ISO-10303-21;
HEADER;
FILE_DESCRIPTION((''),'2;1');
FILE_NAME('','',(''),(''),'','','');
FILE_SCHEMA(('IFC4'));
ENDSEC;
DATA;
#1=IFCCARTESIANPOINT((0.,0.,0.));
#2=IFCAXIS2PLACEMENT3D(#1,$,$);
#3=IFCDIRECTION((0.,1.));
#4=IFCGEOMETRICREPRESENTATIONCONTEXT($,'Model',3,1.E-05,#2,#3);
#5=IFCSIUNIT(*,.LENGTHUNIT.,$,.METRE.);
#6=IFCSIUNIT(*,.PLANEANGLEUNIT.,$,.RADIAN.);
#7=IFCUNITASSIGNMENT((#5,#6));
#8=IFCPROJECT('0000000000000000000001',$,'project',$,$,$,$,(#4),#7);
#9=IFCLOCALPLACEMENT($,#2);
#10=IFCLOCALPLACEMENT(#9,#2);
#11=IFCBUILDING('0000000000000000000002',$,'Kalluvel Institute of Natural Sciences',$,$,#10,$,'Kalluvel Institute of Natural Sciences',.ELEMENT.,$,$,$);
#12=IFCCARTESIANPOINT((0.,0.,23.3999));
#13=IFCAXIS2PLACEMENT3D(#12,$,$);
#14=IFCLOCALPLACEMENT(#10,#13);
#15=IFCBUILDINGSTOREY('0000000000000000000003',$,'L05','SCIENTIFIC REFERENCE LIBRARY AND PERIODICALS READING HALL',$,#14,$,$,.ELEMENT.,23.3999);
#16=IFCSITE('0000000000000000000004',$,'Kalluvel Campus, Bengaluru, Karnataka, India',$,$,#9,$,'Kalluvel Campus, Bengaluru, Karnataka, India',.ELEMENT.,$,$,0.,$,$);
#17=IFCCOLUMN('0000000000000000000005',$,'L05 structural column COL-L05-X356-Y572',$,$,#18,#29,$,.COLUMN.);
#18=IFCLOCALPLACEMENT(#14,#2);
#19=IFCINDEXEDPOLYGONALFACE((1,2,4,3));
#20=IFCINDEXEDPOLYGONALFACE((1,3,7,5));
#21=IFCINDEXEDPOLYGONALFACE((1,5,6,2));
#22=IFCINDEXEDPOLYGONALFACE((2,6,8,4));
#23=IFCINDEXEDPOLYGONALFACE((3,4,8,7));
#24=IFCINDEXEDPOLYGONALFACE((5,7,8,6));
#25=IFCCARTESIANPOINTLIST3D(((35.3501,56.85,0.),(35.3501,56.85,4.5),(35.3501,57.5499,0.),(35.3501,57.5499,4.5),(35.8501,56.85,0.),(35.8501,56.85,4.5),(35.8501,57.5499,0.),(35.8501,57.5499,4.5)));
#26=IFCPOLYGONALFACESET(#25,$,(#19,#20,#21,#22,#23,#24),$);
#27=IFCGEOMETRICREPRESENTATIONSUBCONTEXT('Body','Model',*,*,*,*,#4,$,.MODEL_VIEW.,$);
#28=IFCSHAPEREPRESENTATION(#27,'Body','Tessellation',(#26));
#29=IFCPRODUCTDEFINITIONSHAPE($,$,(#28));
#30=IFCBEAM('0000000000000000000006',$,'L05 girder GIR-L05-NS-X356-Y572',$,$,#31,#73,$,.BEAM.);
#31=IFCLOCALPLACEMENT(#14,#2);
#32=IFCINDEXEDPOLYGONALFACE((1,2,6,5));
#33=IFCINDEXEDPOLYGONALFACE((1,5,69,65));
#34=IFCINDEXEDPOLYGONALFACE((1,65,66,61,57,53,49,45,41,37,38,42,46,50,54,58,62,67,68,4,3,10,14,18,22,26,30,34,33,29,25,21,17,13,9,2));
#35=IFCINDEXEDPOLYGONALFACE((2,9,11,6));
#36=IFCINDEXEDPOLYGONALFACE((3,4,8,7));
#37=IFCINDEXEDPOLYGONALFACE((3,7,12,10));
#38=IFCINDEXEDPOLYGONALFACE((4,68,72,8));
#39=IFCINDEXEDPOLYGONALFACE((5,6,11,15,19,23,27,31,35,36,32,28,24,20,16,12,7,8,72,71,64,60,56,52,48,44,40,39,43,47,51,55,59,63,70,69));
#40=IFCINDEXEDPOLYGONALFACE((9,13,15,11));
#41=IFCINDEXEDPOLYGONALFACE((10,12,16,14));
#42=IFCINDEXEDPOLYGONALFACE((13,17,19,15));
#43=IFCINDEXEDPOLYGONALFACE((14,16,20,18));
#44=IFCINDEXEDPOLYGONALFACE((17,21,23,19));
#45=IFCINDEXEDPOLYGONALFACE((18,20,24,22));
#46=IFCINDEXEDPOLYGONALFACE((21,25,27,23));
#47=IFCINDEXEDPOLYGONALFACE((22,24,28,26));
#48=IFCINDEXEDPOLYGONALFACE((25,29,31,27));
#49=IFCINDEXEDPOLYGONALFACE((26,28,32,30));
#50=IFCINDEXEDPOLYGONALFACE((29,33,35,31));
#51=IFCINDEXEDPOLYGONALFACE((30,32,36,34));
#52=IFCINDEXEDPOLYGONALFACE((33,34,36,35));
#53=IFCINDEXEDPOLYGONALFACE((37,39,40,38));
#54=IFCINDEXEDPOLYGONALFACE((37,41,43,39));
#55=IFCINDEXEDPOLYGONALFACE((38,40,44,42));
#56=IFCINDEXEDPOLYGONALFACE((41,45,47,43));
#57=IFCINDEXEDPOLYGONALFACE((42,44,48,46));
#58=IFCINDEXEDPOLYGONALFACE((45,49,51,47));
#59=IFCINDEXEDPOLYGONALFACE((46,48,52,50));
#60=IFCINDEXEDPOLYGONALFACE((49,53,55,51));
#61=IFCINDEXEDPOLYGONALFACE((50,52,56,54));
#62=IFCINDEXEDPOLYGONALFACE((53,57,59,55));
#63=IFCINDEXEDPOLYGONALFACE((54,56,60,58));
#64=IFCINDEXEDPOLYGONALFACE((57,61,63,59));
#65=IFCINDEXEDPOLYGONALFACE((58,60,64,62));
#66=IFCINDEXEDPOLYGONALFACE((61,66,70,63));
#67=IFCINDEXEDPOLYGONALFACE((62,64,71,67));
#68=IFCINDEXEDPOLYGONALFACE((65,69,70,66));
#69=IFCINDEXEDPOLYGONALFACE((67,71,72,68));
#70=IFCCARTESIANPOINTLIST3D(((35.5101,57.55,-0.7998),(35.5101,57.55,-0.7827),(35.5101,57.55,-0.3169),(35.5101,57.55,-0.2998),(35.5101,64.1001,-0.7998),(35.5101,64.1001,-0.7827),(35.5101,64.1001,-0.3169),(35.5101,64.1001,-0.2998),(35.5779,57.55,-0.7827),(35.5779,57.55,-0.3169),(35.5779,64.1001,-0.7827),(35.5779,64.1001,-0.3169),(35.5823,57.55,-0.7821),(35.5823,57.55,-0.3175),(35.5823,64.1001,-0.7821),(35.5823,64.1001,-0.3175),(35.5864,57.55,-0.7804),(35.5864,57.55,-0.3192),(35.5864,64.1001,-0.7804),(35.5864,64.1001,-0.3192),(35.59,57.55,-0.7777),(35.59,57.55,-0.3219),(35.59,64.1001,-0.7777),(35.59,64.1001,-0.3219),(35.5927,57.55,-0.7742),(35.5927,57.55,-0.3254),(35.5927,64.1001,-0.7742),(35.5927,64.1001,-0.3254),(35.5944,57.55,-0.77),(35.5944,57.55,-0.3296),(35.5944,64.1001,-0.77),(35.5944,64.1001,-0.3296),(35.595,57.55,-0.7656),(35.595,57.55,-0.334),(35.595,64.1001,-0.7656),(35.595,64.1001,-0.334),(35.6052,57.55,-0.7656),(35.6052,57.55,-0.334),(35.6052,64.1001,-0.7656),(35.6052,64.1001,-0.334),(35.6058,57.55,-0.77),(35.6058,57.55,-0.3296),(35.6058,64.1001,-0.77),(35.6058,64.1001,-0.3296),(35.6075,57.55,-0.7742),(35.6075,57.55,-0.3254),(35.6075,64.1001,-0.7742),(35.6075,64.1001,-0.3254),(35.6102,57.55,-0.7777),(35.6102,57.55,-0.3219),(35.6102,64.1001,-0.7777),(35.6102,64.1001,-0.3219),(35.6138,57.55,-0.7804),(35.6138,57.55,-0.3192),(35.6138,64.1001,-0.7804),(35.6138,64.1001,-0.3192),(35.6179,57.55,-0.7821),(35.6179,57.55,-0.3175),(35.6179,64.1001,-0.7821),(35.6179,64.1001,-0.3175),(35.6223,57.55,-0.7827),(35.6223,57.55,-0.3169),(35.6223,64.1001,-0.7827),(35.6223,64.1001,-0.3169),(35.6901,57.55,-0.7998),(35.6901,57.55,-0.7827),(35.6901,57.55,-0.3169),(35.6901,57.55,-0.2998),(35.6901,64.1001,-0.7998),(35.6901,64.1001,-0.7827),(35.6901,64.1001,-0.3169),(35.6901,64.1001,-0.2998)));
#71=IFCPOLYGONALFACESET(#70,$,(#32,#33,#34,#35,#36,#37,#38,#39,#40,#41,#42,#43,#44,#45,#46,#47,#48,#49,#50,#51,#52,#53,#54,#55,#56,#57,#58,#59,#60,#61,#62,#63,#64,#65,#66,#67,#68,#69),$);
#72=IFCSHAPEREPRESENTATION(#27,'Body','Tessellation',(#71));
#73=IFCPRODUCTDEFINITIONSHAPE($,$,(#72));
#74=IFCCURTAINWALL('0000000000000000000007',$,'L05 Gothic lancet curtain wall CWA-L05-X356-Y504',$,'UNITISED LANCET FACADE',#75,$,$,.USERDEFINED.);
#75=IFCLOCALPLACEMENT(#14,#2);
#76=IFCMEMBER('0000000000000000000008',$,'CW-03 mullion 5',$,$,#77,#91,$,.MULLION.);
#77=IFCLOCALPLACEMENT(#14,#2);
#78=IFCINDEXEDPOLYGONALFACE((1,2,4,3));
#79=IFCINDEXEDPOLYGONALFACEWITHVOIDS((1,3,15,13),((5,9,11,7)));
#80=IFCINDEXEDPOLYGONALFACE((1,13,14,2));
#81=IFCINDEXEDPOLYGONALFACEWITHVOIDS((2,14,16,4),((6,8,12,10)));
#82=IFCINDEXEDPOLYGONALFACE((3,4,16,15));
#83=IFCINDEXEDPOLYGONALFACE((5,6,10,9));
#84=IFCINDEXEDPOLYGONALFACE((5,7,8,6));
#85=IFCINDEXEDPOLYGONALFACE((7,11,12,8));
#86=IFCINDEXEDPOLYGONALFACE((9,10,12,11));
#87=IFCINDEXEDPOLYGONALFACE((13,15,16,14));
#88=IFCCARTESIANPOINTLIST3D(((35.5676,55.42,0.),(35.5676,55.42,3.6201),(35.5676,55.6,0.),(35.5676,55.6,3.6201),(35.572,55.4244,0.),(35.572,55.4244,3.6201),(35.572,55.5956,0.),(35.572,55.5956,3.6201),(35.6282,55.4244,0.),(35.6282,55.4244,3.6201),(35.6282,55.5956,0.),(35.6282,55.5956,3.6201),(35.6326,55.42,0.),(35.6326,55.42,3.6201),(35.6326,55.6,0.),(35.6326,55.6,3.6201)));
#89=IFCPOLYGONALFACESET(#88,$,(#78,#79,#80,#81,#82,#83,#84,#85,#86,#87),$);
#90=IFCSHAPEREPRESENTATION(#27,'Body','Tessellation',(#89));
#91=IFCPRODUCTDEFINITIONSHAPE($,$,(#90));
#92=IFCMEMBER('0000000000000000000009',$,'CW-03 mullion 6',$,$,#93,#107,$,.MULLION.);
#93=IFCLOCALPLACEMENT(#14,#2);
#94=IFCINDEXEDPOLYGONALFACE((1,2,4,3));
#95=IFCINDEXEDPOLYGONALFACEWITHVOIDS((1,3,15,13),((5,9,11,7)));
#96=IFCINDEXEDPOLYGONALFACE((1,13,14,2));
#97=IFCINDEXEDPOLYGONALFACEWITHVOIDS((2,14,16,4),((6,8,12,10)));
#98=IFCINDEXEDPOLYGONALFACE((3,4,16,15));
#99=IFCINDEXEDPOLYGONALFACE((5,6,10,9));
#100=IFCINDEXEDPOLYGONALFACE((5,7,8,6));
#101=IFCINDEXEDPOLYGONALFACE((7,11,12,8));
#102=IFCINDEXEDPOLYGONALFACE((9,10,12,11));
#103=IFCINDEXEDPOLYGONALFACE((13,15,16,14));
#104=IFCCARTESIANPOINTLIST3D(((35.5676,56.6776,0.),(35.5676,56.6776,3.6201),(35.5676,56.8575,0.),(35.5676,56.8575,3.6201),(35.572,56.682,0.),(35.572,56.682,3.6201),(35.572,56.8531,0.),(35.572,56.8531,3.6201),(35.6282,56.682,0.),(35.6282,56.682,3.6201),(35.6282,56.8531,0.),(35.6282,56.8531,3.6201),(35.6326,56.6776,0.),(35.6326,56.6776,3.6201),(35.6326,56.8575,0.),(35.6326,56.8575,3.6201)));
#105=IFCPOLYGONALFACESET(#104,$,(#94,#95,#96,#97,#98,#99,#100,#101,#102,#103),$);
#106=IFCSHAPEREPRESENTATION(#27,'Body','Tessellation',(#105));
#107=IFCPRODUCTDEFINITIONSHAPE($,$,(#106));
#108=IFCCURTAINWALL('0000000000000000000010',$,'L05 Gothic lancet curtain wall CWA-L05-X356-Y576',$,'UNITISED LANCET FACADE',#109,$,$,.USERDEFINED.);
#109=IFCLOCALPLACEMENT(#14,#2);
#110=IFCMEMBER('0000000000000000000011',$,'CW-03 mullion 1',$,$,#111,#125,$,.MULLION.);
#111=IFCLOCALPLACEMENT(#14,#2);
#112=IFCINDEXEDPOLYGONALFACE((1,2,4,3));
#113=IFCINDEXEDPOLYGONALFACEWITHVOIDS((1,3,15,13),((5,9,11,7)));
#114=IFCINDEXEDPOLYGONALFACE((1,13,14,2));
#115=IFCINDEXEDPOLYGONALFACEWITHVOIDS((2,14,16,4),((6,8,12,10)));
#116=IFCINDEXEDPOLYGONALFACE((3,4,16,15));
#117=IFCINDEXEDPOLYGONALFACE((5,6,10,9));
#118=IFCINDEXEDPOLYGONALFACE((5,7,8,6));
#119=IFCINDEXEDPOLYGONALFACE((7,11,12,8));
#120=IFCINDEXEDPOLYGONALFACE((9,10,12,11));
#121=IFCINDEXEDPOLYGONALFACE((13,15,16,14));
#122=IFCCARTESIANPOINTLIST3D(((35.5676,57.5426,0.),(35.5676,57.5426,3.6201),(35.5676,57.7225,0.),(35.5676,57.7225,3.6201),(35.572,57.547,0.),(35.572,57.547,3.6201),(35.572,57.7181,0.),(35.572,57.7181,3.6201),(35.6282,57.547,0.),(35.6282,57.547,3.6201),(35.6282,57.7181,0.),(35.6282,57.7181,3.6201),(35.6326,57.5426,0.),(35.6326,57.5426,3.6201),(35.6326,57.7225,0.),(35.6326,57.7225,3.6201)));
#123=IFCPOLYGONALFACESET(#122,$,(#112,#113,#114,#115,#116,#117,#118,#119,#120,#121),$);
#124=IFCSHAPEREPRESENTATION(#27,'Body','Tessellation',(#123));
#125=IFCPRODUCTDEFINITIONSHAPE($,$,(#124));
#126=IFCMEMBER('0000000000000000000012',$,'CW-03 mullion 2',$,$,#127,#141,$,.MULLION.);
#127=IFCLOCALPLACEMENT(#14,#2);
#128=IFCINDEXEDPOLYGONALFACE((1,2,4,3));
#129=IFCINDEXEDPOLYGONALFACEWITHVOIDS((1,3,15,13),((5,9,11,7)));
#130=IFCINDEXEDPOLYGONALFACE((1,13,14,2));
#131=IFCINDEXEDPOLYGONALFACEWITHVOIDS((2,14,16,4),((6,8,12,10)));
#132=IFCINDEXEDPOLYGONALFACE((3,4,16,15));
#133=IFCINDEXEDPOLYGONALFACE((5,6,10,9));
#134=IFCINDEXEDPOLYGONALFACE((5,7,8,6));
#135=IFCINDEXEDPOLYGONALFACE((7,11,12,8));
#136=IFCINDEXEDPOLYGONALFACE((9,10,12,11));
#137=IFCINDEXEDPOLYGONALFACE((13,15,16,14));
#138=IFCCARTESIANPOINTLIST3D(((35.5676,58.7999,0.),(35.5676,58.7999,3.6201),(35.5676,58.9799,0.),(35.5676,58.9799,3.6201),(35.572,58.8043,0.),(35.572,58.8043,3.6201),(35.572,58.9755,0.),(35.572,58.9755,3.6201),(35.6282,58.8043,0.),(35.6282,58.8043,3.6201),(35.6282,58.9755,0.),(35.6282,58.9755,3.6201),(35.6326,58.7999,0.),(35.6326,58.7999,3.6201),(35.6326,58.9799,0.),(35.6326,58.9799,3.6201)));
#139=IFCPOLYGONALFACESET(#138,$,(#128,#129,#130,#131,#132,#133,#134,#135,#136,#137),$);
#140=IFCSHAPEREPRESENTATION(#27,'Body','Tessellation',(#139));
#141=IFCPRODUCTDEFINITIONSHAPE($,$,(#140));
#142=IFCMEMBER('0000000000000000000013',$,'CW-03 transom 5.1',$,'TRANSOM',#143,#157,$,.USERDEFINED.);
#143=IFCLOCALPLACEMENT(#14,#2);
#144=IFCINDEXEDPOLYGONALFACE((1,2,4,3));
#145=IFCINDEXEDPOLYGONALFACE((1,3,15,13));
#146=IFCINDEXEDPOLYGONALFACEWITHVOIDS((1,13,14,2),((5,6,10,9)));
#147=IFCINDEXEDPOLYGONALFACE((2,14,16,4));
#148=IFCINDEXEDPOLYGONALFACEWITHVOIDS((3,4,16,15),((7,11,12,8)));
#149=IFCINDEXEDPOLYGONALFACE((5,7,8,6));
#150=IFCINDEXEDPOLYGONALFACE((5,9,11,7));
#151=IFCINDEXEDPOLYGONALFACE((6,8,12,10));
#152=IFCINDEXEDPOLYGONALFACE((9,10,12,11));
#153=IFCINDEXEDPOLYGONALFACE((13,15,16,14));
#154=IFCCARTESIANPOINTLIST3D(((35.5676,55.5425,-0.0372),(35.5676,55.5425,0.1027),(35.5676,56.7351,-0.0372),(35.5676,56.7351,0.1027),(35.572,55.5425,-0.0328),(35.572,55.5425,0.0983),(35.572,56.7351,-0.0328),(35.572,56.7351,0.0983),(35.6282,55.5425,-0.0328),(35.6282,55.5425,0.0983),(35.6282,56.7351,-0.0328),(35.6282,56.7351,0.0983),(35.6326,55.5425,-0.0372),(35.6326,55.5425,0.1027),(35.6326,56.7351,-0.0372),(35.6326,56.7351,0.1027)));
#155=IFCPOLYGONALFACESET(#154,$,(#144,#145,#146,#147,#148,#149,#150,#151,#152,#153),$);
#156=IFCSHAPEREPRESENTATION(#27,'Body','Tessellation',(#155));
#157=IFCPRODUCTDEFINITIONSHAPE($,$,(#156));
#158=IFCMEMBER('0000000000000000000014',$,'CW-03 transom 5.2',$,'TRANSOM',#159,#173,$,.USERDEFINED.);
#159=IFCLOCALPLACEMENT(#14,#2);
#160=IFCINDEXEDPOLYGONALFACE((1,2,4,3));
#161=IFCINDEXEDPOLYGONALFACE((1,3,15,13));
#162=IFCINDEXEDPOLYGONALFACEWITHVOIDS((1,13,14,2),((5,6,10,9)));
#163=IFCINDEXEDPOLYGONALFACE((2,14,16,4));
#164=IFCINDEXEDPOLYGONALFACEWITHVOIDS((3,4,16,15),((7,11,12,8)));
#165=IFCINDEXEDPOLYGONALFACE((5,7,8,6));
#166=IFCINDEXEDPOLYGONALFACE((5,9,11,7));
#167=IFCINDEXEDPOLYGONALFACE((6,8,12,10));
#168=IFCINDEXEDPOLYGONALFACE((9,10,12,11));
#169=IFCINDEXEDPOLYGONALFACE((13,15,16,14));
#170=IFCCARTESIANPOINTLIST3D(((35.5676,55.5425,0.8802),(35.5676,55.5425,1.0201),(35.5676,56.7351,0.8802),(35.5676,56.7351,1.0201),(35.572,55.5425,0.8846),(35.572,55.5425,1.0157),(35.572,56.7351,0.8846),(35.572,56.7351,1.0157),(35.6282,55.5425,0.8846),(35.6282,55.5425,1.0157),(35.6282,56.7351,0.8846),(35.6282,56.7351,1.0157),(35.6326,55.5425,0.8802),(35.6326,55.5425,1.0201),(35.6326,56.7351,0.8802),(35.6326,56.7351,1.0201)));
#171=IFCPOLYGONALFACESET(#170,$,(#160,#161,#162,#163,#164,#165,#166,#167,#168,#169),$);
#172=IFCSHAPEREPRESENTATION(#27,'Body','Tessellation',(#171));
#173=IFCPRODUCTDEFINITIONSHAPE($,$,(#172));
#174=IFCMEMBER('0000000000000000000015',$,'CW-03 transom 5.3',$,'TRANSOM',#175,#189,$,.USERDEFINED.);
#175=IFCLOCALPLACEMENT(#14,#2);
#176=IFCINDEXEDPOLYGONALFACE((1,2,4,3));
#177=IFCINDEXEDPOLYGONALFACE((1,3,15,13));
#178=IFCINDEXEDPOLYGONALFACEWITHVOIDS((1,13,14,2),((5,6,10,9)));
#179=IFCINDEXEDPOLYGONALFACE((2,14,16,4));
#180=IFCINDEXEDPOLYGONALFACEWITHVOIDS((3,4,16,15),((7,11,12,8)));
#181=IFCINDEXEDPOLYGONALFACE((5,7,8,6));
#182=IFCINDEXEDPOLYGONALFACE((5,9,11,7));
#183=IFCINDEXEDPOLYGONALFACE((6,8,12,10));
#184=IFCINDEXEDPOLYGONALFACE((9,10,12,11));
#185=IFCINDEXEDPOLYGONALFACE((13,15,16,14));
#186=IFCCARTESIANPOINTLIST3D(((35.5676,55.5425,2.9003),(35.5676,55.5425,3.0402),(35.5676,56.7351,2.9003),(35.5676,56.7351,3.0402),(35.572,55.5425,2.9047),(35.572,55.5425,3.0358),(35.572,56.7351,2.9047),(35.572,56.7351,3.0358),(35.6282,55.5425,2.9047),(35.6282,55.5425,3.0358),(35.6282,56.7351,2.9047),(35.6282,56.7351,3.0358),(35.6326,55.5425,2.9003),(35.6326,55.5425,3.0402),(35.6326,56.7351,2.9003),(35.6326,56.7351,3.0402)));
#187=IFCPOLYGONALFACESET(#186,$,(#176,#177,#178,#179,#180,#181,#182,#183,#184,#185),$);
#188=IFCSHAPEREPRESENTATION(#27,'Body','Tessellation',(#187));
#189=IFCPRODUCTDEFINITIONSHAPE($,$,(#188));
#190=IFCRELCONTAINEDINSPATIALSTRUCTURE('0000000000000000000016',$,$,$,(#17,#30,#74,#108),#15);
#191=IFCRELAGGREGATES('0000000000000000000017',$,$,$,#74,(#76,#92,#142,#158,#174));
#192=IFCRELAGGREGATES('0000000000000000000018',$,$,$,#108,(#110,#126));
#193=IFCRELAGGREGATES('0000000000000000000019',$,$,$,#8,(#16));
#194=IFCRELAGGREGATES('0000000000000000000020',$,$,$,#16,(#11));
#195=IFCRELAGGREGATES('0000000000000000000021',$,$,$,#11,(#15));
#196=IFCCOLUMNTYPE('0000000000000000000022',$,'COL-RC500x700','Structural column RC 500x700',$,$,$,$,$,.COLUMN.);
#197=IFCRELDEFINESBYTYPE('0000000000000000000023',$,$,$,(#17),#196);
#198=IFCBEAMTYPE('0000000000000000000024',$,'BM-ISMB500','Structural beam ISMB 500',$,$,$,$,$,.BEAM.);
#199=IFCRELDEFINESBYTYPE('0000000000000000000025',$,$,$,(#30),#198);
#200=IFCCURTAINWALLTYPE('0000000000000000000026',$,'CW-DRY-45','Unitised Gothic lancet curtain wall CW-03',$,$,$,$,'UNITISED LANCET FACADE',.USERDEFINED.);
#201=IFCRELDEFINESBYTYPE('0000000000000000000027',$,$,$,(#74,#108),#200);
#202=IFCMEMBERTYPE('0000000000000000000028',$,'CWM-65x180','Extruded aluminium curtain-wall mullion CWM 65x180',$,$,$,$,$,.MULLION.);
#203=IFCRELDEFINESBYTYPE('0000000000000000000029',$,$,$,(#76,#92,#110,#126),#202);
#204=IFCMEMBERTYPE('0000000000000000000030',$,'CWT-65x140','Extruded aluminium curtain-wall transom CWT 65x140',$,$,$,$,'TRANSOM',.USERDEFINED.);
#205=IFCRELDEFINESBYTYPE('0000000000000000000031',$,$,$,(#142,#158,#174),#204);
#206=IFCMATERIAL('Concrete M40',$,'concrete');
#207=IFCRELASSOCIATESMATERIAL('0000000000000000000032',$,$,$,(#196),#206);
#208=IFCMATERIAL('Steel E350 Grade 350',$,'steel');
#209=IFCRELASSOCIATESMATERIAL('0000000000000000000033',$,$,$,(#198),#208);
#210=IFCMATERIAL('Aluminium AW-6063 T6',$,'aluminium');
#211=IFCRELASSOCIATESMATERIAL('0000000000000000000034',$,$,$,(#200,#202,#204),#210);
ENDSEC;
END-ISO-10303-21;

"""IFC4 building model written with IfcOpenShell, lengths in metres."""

from ifc_helpers import new_model, si_unit, direction, frame, origin, origin_2d, place, context, subcontext, project, spatial, rectangle, hollow_rectangle, i_section, extrude, material, material_profile, profile_set, type_object, element, aggregate, save


model = new_model("IFC4")

# Units and contexts
model_context = context("Model", 3, precision=1e-05, world=origin(), true_north=direction((0.0, 1.0)))
body_context = subcontext(model_context, "Body", "Model", "MODEL_VIEW")
ifc_project = project(units=[si_unit("LENGTHUNIT", "METRE"), si_unit("PLANEANGLEUNIT", "RADIAN")], contexts=[model_context])

# Site, building, storey
site_placement = place(None, origin())
site = spatial("IfcSite", under=ifc_project, at=site_placement, Name="Kalluvel Campus, Bengaluru, Karnataka, India", LongName="Kalluvel Campus, Bengaluru, Karnataka, India", CompositionType="ELEMENT", RefElevation=0.0)
building_placement = place(site_placement, origin())
building = spatial("IfcBuilding", under=site, at=building_placement, Name="Kalluvel Institute of Natural Sciences", LongName="Kalluvel Institute of Natural Sciences", CompositionType="ELEMENT")
storey_placement = place(building_placement, frame((0.0, 0.0, 23.3999)))
storey = spatial("IfcBuildingStorey", under=building, at=storey_placement, Name="L05", Description="SCIENTIFIC REFERENCE LIBRARY AND PERIODICALS READING HALL", CompositionType="ELEMENT", Elevation=23.3999)

# Column
ifc_material_1 = material(Name="Concrete M40", Category="concrete")
ifc_material_profile_1 = material_profile(ifc_material_1, rectangle(XDim=0.5, YDim=0.7, at=origin_2d()), Name="RC 500x700")
ifc_profile_set_1 = profile_set([ifc_material_profile_1], Name="Concrete M40")
column_type = type_object("IfcColumnType", Name="COL-RC500x700", Description="Structural column RC 500x700", PredefinedType="COLUMN", material=ifc_profile_set_1)
column_placement = place(storey_placement, frame((35.6001, 57.2, 0.0), z_axis=(0.0, 0.0, 1.0), x_axis=(1.0, 0.0, 0.0)))
element("IfcColumn", 1, at=column_placement, inside=storey, type_object=column_type, Name="L05 structural column COL-L05-X356-Y572", PredefinedType="COLUMN", context=body_context, shape_type="SweptSolid", body=[
    extrude(rectangle(XDim=0.5, YDim=0.7, at=origin_2d()), origin(), (0.0, 0.0, 1.0), 4.5),
])

# Beam
ifc_material_2 = material(Name="Steel E350 Grade 350", Category="steel")
ifc_material_profile_2 = material_profile(ifc_material_2, i_section(OverallWidth=0.1799, OverallDepth=0.5, WebThickness=0.0103, FlangeThickness=0.0171, FilletRadius=0.0171, at=origin_2d()), Name="ISMB 500")
ifc_profile_set_2 = profile_set([ifc_material_profile_2], Name="Steel E350 Grade 350")
beam_type = type_object("IfcBeamType", Name="BM-ISMB500", Description="Structural beam ISMB 500", PredefinedType="BEAM", material=ifc_profile_set_2)
beam_placement = place(storey_placement, frame((35.6001, 57.55, -0.5498), z_axis=(0.0, 1.0, 0.0), x_axis=(-1.0, 0.0, 0.0)))
element("IfcBeam", 2, at=beam_placement, inside=storey, type_object=beam_type, Name="L05 girder GIR-L05-NS-X356-Y572", PredefinedType="BEAM", context=body_context, shape_type="SweptSolid", body=[
    extrude(i_section(OverallWidth=0.1799, OverallDepth=0.5, WebThickness=0.0103, FlangeThickness=0.0171, FilletRadius=0.0171, at=origin_2d()), origin(), (0.0, 0.0, 1.0), 6.55),
])

# Curtain walls, members
ifc_material_3 = material(Name="Aluminium AW-6063 T6", Category="aluminium")
curtain_wall_type = type_object("IfcCurtainWallType", Name="CW-DRY-45", Description="Unitised Gothic lancet curtain wall CW-03", ElementType="UNITISED LANCET FACADE", PredefinedType="USERDEFINED", material=ifc_material_3)
curtain_wall_1_placement = place(storey_placement, origin())
curtain_wall_1 = element("IfcCurtainWall", 3, at=curtain_wall_1_placement, inside=storey, type_object=curtain_wall_type, Name="L05 Gothic lancet curtain wall CWA-L05-X356-Y504", ObjectType="UNITISED LANCET FACADE", PredefinedType="USERDEFINED")
ifc_material_profile_3 = material_profile(ifc_material_3, hollow_rectangle(XDim=0.0649, YDim=0.1799, WallThickness=0.0044, at=origin_2d()), Name="CWM 65x180")
ifc_profile_set_3 = profile_set([ifc_material_profile_3], Name="Aluminium AW-6063 T6")
member_type_1 = type_object("IfcMemberType", Name="CWM-65x180", Description="Extruded aluminium curtain-wall mullion CWM 65x180", PredefinedType="MULLION", material=ifc_profile_set_3)
member_1_placement = place(storey_placement, frame((35.6001, 55.51, 0.0), z_axis=(0.0, 0.0, 1.0), x_axis=(-1.0, 0.0, 0.0)))
member_1 = element("IfcMember", 4, at=member_1_placement, type_object=member_type_1, Name="CW-03 mullion 5", PredefinedType="MULLION", context=body_context, shape_type="SweptSolid", body=[
    extrude(hollow_rectangle(XDim=0.0649, YDim=0.1799, WallThickness=0.0044, at=origin_2d()), origin(), (0.0, 0.0, 1.0), 3.6201),
])
member_2_placement = place(storey_placement, frame((35.6001, 56.7676, 0.0), z_axis=(0.0, 0.0, 1.0), x_axis=(-1.0, 0.0, 0.0)))
member_2 = element("IfcMember", 5, at=member_2_placement, type_object=member_type_1, Name="CW-03 mullion 6", PredefinedType="MULLION", context=body_context, shape_type="SweptSolid", body=[
    extrude(hollow_rectangle(XDim=0.0649, YDim=0.1799, WallThickness=0.0044, at=origin_2d()), origin(), (0.0, 0.0, 1.0), 3.6201),
])
curtain_wall_2_placement = place(storey_placement, origin())
curtain_wall_2 = element("IfcCurtainWall", 6, at=curtain_wall_2_placement, inside=storey, type_object=curtain_wall_type, Name="L05 Gothic lancet curtain wall CWA-L05-X356-Y576", ObjectType="UNITISED LANCET FACADE", PredefinedType="USERDEFINED")
member_3_placement = place(storey_placement, frame((35.6001, 57.6326, 0.0), z_axis=(0.0, 0.0, 1.0), x_axis=(-1.0, 0.0, 0.0)))
member_3 = element("IfcMember", 7, at=member_3_placement, type_object=member_type_1, Name="CW-03 mullion 1", PredefinedType="MULLION", context=body_context, shape_type="SweptSolid", body=[
    extrude(hollow_rectangle(XDim=0.0649, YDim=0.1799, WallThickness=0.0044, at=origin_2d()), origin(), (0.0, 0.0, 1.0), 3.6201),
])
member_4_placement = place(storey_placement, frame((35.6001, 58.8899, 0.0), z_axis=(0.0, 0.0, 1.0), x_axis=(-1.0, 0.0, 0.0)))
member_4 = element("IfcMember", 8, at=member_4_placement, type_object=member_type_1, Name="CW-03 mullion 2", PredefinedType="MULLION", context=body_context, shape_type="SweptSolid", body=[
    extrude(hollow_rectangle(XDim=0.0649, YDim=0.1799, WallThickness=0.0044, at=origin_2d()), origin(), (0.0, 0.0, 1.0), 3.6201),
])

# Members
ifc_material_profile_4 = material_profile(ifc_material_3, hollow_rectangle(XDim=0.0649, YDim=0.1399, WallThickness=0.0044, at=origin_2d()), Name="CWT 65x140")
ifc_profile_set_4 = profile_set([ifc_material_profile_4], Name="Aluminium AW-6063 T6")
member_type_2 = type_object("IfcMemberType", Name="CWT-65x140", Description="Extruded aluminium curtain-wall transom CWT 65x140", ElementType="TRANSOM", PredefinedType="USERDEFINED", material=ifc_profile_set_4)
member_5_placement = place(storey_placement, frame((35.6001, 55.5425, 0.0327), z_axis=(0.0, 1.0, 0.0), x_axis=(-1.0, 0.0, 0.0)))
member_5 = element("IfcMember", 9, at=member_5_placement, type_object=member_type_2, Name="CW-03 transom 5.1", ObjectType="TRANSOM", PredefinedType="USERDEFINED", context=body_context, shape_type="SweptSolid", body=[
    extrude(hollow_rectangle(XDim=0.0649, YDim=0.1399, WallThickness=0.0044, at=origin_2d()), origin(), (0.0, 0.0, 1.0), 1.1926),
])
member_6_placement = place(storey_placement, frame((35.6001, 55.5425, 0.9502), z_axis=(0.0, 1.0, 0.0), x_axis=(-1.0, 0.0, 0.0)))
member_6 = element("IfcMember", 10, at=member_6_placement, type_object=member_type_2, Name="CW-03 transom 5.2", ObjectType="TRANSOM", PredefinedType="USERDEFINED", context=body_context, shape_type="SweptSolid", body=[
    extrude(hollow_rectangle(XDim=0.0649, YDim=0.1399, WallThickness=0.0044, at=origin_2d()), origin(), (0.0, 0.0, 1.0), 1.1926),
])
member_7_placement = place(storey_placement, frame((35.6001, 55.5425, 2.9702), z_axis=(0.0, 1.0, 0.0), x_axis=(-1.0, 0.0, 0.0)))
member_7 = element("IfcMember", 11, at=member_7_placement, type_object=member_type_2, Name="CW-03 transom 5.3", ObjectType="TRANSOM", PredefinedType="USERDEFINED", context=body_context, shape_type="SweptSolid", body=[
    extrude(hollow_rectangle(XDim=0.0649, YDim=0.1399, WallThickness=0.0044, at=origin_2d()), origin(), (0.0, 0.0, 1.0), 1.1926),
])

aggregate(curtain_wall_1, [member_1, member_2, member_5, member_6, member_7])
aggregate(curtain_wall_2, [member_3, member_4])

save(model, "model.ifc")
